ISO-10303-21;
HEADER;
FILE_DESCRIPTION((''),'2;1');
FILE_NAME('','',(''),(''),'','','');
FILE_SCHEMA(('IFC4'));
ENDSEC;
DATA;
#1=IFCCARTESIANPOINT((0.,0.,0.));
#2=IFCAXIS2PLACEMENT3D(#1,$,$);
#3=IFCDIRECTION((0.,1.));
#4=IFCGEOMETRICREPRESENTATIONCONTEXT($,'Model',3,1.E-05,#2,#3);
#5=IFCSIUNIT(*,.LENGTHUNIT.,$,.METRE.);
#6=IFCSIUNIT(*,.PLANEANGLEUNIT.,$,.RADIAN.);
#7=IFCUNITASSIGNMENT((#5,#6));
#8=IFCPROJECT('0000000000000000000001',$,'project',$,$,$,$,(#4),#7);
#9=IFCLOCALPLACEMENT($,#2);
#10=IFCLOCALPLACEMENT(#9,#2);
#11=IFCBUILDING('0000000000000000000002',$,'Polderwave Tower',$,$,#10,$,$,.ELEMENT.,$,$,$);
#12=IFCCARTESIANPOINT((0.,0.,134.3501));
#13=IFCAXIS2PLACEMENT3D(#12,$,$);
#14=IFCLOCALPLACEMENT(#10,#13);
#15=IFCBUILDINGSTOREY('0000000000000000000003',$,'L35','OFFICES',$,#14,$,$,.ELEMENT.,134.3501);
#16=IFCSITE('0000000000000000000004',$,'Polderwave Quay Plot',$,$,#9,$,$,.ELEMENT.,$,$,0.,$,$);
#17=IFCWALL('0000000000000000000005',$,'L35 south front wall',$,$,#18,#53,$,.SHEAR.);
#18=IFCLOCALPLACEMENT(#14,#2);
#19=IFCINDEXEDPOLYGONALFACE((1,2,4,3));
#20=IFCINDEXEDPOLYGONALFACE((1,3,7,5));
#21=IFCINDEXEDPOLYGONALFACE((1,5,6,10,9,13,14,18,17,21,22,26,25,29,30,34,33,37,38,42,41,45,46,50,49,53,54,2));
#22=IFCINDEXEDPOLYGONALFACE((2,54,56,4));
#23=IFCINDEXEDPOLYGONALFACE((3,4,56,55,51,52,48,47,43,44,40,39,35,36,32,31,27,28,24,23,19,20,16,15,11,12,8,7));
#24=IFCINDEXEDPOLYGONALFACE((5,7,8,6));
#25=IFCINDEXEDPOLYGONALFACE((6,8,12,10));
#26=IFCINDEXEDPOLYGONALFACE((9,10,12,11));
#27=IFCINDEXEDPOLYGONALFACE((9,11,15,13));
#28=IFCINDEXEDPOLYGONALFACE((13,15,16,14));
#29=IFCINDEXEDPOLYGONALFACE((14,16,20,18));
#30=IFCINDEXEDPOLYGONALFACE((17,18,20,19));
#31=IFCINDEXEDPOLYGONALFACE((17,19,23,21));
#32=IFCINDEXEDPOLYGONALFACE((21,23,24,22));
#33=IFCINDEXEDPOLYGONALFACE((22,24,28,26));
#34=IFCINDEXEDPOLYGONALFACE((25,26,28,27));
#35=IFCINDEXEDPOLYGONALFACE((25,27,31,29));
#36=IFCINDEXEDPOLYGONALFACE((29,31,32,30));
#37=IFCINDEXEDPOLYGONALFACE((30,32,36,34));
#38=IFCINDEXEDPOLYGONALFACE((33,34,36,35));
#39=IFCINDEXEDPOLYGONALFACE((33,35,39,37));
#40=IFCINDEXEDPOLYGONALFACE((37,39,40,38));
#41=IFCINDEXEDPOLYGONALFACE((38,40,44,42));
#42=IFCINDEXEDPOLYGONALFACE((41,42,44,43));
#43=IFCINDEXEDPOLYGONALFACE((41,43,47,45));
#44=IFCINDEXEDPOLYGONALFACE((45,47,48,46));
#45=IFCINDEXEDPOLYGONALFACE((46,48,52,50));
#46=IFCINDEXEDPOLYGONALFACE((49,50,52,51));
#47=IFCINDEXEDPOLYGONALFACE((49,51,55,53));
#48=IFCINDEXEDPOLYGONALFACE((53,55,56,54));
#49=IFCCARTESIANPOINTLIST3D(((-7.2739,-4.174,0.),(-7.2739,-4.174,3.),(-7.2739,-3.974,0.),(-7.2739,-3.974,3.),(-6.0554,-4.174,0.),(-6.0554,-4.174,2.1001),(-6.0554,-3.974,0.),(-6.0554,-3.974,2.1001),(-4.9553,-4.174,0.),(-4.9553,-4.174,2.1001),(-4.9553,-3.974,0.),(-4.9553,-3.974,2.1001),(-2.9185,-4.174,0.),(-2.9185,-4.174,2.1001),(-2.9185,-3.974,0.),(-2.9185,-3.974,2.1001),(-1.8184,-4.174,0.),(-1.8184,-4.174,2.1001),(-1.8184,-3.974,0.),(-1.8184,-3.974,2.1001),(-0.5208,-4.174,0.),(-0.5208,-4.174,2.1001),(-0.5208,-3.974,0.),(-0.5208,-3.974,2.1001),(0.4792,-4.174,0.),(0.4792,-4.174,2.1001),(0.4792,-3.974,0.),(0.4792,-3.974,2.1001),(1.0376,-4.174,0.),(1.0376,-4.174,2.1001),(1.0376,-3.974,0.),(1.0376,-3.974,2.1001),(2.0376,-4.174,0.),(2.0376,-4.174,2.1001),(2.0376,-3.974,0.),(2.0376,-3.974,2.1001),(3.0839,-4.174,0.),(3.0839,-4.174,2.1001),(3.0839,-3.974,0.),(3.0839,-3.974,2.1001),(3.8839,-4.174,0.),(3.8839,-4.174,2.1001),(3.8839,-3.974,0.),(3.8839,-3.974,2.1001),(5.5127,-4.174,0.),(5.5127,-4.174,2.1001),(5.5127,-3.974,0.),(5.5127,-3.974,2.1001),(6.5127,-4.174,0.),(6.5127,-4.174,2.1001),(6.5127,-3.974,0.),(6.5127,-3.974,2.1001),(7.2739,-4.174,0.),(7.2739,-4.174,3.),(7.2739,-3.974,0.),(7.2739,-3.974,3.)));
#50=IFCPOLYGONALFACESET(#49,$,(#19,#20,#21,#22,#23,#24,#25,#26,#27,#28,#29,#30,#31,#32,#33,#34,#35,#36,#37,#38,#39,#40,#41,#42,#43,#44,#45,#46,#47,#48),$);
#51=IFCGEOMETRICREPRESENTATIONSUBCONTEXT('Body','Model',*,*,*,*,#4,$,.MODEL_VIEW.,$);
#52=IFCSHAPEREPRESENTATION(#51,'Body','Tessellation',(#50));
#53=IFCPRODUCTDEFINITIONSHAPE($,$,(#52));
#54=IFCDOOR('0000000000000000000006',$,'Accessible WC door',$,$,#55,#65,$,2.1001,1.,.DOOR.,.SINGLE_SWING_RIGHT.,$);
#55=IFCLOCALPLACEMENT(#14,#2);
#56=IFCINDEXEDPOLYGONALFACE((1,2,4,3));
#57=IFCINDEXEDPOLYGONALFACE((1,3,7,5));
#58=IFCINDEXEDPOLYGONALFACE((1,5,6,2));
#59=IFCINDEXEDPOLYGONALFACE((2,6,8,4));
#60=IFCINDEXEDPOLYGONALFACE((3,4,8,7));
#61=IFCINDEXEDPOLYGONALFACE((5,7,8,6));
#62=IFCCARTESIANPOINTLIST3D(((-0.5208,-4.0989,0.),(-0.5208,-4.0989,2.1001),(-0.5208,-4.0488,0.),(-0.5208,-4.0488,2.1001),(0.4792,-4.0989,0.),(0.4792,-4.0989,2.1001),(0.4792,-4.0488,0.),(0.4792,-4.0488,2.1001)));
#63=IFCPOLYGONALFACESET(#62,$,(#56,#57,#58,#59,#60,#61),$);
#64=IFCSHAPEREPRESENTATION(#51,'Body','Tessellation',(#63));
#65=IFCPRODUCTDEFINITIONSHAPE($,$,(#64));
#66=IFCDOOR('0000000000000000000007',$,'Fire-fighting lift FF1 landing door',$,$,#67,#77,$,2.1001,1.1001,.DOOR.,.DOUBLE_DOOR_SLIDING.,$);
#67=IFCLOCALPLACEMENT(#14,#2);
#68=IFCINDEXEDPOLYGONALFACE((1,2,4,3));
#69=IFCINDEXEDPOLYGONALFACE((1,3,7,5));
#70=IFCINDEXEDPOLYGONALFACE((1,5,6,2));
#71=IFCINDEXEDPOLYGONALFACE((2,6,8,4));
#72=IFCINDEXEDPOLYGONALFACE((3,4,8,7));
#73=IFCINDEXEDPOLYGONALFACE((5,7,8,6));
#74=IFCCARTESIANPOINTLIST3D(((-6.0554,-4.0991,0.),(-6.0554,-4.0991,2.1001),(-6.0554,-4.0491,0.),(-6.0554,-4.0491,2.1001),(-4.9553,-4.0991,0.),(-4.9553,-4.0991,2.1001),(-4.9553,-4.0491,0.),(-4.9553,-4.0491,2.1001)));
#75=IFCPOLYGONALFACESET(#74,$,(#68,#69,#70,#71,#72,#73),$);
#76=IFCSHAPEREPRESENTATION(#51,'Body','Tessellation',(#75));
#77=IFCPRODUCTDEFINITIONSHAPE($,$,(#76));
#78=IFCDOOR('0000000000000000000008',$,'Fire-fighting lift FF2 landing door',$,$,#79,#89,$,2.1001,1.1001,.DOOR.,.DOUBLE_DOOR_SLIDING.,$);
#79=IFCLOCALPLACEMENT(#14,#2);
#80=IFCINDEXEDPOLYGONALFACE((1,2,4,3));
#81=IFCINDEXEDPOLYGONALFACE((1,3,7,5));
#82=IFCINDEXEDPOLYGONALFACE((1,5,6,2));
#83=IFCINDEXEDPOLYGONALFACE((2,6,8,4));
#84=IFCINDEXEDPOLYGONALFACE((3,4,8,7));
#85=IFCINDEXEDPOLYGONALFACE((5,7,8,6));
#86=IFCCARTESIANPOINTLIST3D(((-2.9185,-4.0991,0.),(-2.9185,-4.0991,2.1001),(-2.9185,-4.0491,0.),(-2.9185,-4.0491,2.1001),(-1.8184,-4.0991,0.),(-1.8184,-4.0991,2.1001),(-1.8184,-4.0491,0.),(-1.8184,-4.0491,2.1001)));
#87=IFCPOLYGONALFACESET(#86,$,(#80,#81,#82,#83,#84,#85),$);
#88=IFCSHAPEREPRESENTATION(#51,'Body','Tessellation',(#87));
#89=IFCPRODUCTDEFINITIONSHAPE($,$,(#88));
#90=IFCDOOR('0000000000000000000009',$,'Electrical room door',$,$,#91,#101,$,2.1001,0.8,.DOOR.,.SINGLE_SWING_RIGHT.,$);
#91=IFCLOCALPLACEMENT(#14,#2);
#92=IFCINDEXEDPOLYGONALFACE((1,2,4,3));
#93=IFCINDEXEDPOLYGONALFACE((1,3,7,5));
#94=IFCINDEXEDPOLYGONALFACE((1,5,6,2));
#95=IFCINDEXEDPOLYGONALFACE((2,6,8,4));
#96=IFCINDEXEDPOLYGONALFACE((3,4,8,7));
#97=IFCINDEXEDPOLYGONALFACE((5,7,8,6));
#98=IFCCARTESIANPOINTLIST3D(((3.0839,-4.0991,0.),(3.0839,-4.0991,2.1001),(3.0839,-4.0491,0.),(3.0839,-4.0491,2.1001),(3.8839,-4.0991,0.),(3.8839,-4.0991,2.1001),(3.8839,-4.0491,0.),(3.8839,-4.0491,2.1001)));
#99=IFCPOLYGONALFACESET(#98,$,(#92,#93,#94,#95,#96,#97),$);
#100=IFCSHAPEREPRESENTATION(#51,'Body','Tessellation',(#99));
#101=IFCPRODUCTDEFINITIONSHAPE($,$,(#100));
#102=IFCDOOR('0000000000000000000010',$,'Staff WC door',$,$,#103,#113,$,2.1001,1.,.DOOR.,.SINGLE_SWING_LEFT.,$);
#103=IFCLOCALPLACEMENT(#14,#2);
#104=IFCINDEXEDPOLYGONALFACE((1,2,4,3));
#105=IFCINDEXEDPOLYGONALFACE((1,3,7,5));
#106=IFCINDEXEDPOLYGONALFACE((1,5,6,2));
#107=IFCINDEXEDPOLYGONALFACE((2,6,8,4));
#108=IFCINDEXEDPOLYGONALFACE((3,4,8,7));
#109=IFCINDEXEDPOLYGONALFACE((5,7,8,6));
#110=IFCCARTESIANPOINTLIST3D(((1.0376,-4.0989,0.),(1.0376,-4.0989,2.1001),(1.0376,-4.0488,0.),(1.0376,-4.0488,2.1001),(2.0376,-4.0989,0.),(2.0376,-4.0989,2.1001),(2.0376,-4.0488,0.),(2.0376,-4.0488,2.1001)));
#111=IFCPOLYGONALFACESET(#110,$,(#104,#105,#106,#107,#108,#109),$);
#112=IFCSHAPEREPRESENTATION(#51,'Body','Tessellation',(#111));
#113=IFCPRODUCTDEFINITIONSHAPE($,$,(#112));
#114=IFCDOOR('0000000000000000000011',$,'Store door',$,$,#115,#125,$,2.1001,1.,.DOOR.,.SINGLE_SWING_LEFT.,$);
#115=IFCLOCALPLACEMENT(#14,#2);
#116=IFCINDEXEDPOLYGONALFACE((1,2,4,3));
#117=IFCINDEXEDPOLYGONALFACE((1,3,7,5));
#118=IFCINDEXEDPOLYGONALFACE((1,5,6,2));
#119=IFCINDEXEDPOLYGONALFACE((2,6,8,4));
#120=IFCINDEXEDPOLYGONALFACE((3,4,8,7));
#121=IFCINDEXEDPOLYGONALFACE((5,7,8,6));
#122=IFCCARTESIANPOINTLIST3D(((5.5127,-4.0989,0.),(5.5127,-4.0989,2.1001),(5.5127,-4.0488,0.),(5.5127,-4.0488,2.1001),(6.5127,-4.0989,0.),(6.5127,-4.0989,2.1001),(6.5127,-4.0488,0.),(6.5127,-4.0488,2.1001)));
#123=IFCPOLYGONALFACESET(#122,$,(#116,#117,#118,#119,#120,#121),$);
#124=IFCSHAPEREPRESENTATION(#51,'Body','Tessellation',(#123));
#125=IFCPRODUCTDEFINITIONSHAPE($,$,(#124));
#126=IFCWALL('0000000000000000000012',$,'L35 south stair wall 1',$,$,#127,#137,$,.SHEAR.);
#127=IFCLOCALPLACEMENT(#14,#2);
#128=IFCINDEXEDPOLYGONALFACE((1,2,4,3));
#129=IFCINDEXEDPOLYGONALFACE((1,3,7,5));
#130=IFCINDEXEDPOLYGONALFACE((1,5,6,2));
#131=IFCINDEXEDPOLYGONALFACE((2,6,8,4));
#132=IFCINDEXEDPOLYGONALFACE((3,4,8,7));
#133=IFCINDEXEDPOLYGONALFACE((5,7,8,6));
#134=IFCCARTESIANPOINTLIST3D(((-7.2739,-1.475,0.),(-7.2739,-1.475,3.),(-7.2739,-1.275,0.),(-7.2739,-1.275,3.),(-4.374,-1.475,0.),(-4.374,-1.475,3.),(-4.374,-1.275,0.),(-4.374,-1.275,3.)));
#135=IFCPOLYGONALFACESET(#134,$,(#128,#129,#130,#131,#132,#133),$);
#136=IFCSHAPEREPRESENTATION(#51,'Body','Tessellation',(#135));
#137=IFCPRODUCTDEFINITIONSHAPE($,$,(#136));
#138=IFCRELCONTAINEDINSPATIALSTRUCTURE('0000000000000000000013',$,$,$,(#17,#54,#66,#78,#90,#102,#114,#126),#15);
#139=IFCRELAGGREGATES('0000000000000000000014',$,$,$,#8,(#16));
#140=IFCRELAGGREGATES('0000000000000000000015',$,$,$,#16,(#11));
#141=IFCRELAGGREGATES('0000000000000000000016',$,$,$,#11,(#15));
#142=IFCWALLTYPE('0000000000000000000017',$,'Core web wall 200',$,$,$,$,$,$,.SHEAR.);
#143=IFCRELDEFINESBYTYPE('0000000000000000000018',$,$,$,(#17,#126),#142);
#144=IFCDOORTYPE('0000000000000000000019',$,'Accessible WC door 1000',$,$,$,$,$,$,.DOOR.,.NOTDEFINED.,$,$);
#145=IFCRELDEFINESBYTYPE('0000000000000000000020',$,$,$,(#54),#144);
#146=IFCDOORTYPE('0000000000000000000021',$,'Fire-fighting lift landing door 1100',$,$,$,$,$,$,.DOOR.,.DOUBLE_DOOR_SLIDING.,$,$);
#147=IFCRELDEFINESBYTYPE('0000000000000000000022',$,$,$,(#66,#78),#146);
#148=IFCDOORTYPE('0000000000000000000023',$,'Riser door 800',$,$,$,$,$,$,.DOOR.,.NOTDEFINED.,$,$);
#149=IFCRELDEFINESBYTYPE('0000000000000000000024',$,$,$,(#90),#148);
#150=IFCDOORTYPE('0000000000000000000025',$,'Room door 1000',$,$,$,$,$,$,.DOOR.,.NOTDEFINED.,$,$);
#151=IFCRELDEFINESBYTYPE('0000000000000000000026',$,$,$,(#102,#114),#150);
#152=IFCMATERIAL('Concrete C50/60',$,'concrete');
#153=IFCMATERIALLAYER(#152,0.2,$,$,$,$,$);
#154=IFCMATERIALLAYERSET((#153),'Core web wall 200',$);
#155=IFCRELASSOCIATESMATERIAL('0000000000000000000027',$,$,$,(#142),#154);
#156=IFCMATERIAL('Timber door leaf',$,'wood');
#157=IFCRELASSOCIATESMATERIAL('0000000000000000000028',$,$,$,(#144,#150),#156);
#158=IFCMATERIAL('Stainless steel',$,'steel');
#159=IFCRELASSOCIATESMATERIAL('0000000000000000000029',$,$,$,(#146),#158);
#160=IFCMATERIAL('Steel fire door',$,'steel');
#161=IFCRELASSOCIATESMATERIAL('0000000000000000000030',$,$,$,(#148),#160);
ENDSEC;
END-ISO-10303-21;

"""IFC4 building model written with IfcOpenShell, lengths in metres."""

from ifc_helpers import new_model, si_unit, direction, frame, frame_2d, origin, place, context, subcontext, project, spatial, rectangle, extrude, material, layer, layer_set, type_object, element, fill, save


model = new_model("IFC4")

# Units and contexts
model_context = context("Model", 3, precision=1e-05, world=origin(), true_north=direction((0.0, 1.0)))
body_context = subcontext(model_context, "Body", "Model", "MODEL_VIEW")
ifc_project = project(units=[si_unit("LENGTHUNIT", "METRE"), si_unit("PLANEANGLEUNIT", "RADIAN")], contexts=[model_context])

# Site, building, storey
site_placement = place(None, origin())
site = spatial("IfcSite", under=ifc_project, at=site_placement, Name="Polderwave Quay Plot", CompositionType="ELEMENT", RefElevation=0.0)
building_placement = place(site_placement, origin())
building = spatial("IfcBuilding", under=site, at=building_placement, Name="Polderwave Tower", CompositionType="ELEMENT")
storey_placement = place(building_placement, frame((0.0, 0.0, 134.3501)))
storey = spatial("IfcBuildingStorey", under=building, at=storey_placement, Name="L35", Description="OFFICES", CompositionType="ELEMENT", Elevation=134.3501)

# Wall, openings, doors
ifc_material_1 = material(Name="Steel fire door", Category="steel")
ifc_material_2 = material(Name="Concrete C50/60", Category="concrete")
ifc_layer_1 = layer(ifc_material_2, 0.2)
ifc_layer_set_1 = layer_set([ifc_layer_1], Name="Core web wall 200")
wall_type_1 = type_object("IfcWallType", Name="Core web wall 200", PredefinedType="SHEAR", material=ifc_layer_set_1)
wall_1_placement = place(storey_placement, frame((-7.2739, -4.074, 0.0), z_axis=(0.0, 0.0, 1.0), x_axis=(1.0, 0.0, 0.0)))
wall_1 = element("IfcWall", 1, at=wall_1_placement, inside=storey, type_object=wall_type_1, Name="L35 south front wall", PredefinedType="SHEAR", context=body_context, shape_type="SweptSolid", body=[
    extrude(rectangle(XDim=14.5479, YDim=0.2, at=frame_2d((7.2739, 0.0))), origin(), (0.0, 0.0, 1.0), 3.0),
])
opening_1_placement = place(wall_1_placement, frame((1.2185, 0.0, 0.0)))
opening_1 = element("IfcOpeningElement", 2, at=opening_1_placement, cuts=wall_1, PredefinedType="OPENING", context=body_context, shape_type="SweptSolid", body=[
    extrude(rectangle(XDim=1.1001, YDim=2.1001, at=frame_2d((0.55, 1.05))), frame((0.0, 0.1099, 0.0), z_axis=(0.0, -1.0, 0.0), x_axis=(1.0, 0.0, 0.0)), (0.0, 0.0, 1.0), 0.22),
])
opening_2_placement = place(wall_1_placement, frame((4.3555, 0.0, 0.0)))
opening_2 = element("IfcOpeningElement", 3, at=opening_2_placement, cuts=wall_1, PredefinedType="OPENING", context=body_context, shape_type="SweptSolid", body=[
    extrude(rectangle(XDim=1.1001, YDim=2.1001, at=frame_2d((0.55, 1.05))), frame((0.0, 0.1099, 0.0), z_axis=(0.0, -1.0, 0.0), x_axis=(1.0, 0.0, 0.0)), (0.0, 0.0, 1.0), 0.22),
])
opening_3_placement = place(wall_1_placement, frame((6.7532, 0.0, 0.0)))
opening_3 = element("IfcOpeningElement", 4, at=opening_3_placement, cuts=wall_1, PredefinedType="OPENING", context=body_context, shape_type="SweptSolid", body=[
    extrude(rectangle(XDim=1.0, YDim=2.1001, at=frame_2d((0.5, 1.05))), frame((0.0, 0.1099, 0.0), z_axis=(0.0, -1.0, 0.0), x_axis=(1.0, 0.0, 0.0)), (0.0, 0.0, 1.0), 0.22),
])
opening_4_placement = place(wall_1_placement, frame((8.3115, 0.0, 0.0)))
opening_4 = element("IfcOpeningElement", 5, at=opening_4_placement, cuts=wall_1, PredefinedType="OPENING", context=body_context, shape_type="SweptSolid", body=[
    extrude(rectangle(XDim=1.0, YDim=2.1001, at=frame_2d((0.5, 1.05))), frame((0.0, 0.1099, 0.0), z_axis=(0.0, -1.0, 0.0), x_axis=(1.0, 0.0, 0.0)), (0.0, 0.0, 1.0), 0.22),
])
opening_5_placement = place(wall_1_placement, frame((10.3579, 0.0, 0.0)))
opening_5 = element("IfcOpeningElement", 6, at=opening_5_placement, cuts=wall_1, PredefinedType="OPENING", context=body_context, shape_type="SweptSolid", body=[
    extrude(rectangle(XDim=0.8, YDim=2.1001, at=frame_2d((0.3999, 1.05))), frame((0.0, 0.1099, 0.0), z_axis=(0.0, -1.0, 0.0), x_axis=(1.0, 0.0, 0.0)), (0.0, 0.0, 1.0), 0.22),
])
opening_6_placement = place(wall_1_placement, frame((12.7866, 0.0, 0.0)))
opening_6 = element("IfcOpeningElement", 7, at=opening_6_placement, cuts=wall_1, PredefinedType="OPENING", context=body_context, shape_type="SweptSolid", body=[
    extrude(rectangle(XDim=1.0, YDim=2.1001, at=frame_2d((0.5, 1.05))), frame((0.0, 0.1099, 0.0), z_axis=(0.0, -1.0, 0.0), x_axis=(1.0, 0.0, 0.0)), (0.0, 0.0, 1.0), 0.22),
])
ifc_material_3 = material(Name="Timber door leaf", Category="wood")
door_type_1 = type_object("IfcDoorType", Name="Accessible WC door 1000", OperationType="NOTDEFINED", PredefinedType="DOOR", material=ifc_material_3)
door_1_placement = place(opening_3_placement, frame((1.0, 0.0, 0.0), z_axis=(0.0, 0.0, 1.0), x_axis=(-1.0, 0.0, 0.0)))
door_1 = element("IfcDoor", 8, at=door_1_placement, inside=storey, type_object=door_type_1, Name="Accessible WC door", OperationType="SINGLE_SWING_RIGHT", OverallHeight=2.1001, OverallWidth=1.0, PredefinedType="DOOR", context=body_context, shape_type="SweptSolid", body=[
    extrude(rectangle(XDim=1.0, YDim=2.1001, at=frame_2d((0.5, 1.05))), frame((0.0, 0.0249, 0.0), z_axis=(0.0, -1.0, 0.0), x_axis=(1.0, 0.0, 0.0)), (0.0, 0.0, 1.0), 0.05),
])
fill(opening_3, door_1)
ifc_material_4 = material(Name="Stainless steel", Category="steel")
door_type_2 = type_object("IfcDoorType", Name="Fire-fighting lift landing door 1100", OperationType="DOUBLE_DOOR_SLIDING", PredefinedType="DOOR", material=ifc_material_4)
door_2_placement = place(opening_1_placement, origin())
door_2 = element("IfcDoor", 9, at=door_2_placement, inside=storey, type_object=door_type_2, Name="Fire-fighting lift FF1 landing door", OperationType="DOUBLE_DOOR_SLIDING", OverallHeight=2.1001, OverallWidth=1.1001, PredefinedType="DOOR", context=body_context, shape_type="SweptSolid", body=[
    extrude(rectangle(XDim=1.1001, YDim=2.1001, at=frame_2d((0.55, 1.05))), frame((0.0, 0.0249, 0.0), z_axis=(0.0, -1.0, 0.0), x_axis=(1.0, 0.0, 0.0)), (0.0, 0.0, 1.0), 0.05),
])
fill(opening_1, door_2)
door_3_placement = place(opening_2_placement, origin())
door_3 = element("IfcDoor", 10, at=door_3_placement, inside=storey, type_object=door_type_2, Name="Fire-fighting lift FF2 landing door", OperationType="DOUBLE_DOOR_SLIDING", OverallHeight=2.1001, OverallWidth=1.1001, PredefinedType="DOOR", context=body_context, shape_type="SweptSolid", body=[
    extrude(rectangle(XDim=1.1001, YDim=2.1001, at=frame_2d((0.55, 1.05))), frame((0.0, 0.0249, 0.0), z_axis=(0.0, -1.0, 0.0), x_axis=(1.0, 0.0, 0.0)), (0.0, 0.0, 1.0), 0.05),
])
fill(opening_2, door_3)
door_type_3 = type_object("IfcDoorType", Name="Riser door 800", OperationType="NOTDEFINED", PredefinedType="DOOR", material=ifc_material_1)
door_4_placement = place(opening_5_placement, origin())
door_4 = element("IfcDoor", 11, at=door_4_placement, inside=storey, type_object=door_type_3, Name="Electrical room door", OperationType="SINGLE_SWING_RIGHT", OverallHeight=2.1001, OverallWidth=0.8, PredefinedType="DOOR", context=body_context, shape_type="SweptSolid", body=[
    extrude(rectangle(XDim=0.8, YDim=2.1001, at=frame_2d((0.3999, 1.05))), frame((0.0, 0.0249, 0.0), z_axis=(0.0, -1.0, 0.0), x_axis=(1.0, 0.0, 0.0)), (0.0, 0.0, 1.0), 0.05),
])
fill(opening_5, door_4)
door_type_4 = type_object("IfcDoorType", Name="Room door 1000", OperationType="NOTDEFINED", PredefinedType="DOOR", material=ifc_material_3)
door_5_placement = place(opening_4_placement, frame((1.0, 0.0, 0.0), z_axis=(0.0, 0.0, 1.0), x_axis=(-1.0, 0.0, 0.0)))
door_5 = element("IfcDoor", 12, at=door_5_placement, inside=storey, type_object=door_type_4, Name="Staff WC door", OperationType="SINGLE_SWING_LEFT", OverallHeight=2.1001, OverallWidth=1.0, PredefinedType="DOOR", context=body_context, shape_type="SweptSolid", body=[
    extrude(rectangle(XDim=1.0, YDim=2.1001, at=frame_2d((0.5, 1.05))), frame((0.0, 0.0249, 0.0), z_axis=(0.0, -1.0, 0.0), x_axis=(1.0, 0.0, 0.0)), (0.0, 0.0, 1.0), 0.05),
])
fill(opening_4, door_5)
door_6_placement = place(opening_6_placement, frame((1.0, 0.0, 0.0), z_axis=(0.0, 0.0, 1.0), x_axis=(-1.0, 0.0, 0.0)))
door_6 = element("IfcDoor", 13, at=door_6_placement, inside=storey, type_object=door_type_4, Name="Store door", OperationType="SINGLE_SWING_LEFT", OverallHeight=2.1001, OverallWidth=1.0, PredefinedType="DOOR", context=body_context, shape_type="SweptSolid", body=[
    extrude(rectangle(XDim=1.0, YDim=2.1001, at=frame_2d((0.5, 1.05))), frame((0.0, 0.0249, 0.0), z_axis=(0.0, -1.0, 0.0), x_axis=(1.0, 0.0, 0.0)), (0.0, 0.0, 1.0), 0.05),
])
fill(opening_6, door_6)

# Wall
wall_2_placement = place(storey_placement, frame((-7.2739, -1.375, 0.0), z_axis=(0.0, 0.0, 1.0), x_axis=(1.0, 0.0, 0.0)))
element("IfcWall", 14, at=wall_2_placement, inside=storey, type_object=wall_type_1, Name="L35 south stair wall 1", PredefinedType="SHEAR", context=body_context, shape_type="SweptSolid", body=[
    extrude(rectangle(XDim=2.8999, YDim=0.2, at=frame_2d((1.45, 0.0))), origin(), (0.0, 0.0, 1.0), 3.0),
])

save(model, "model.ifc")
